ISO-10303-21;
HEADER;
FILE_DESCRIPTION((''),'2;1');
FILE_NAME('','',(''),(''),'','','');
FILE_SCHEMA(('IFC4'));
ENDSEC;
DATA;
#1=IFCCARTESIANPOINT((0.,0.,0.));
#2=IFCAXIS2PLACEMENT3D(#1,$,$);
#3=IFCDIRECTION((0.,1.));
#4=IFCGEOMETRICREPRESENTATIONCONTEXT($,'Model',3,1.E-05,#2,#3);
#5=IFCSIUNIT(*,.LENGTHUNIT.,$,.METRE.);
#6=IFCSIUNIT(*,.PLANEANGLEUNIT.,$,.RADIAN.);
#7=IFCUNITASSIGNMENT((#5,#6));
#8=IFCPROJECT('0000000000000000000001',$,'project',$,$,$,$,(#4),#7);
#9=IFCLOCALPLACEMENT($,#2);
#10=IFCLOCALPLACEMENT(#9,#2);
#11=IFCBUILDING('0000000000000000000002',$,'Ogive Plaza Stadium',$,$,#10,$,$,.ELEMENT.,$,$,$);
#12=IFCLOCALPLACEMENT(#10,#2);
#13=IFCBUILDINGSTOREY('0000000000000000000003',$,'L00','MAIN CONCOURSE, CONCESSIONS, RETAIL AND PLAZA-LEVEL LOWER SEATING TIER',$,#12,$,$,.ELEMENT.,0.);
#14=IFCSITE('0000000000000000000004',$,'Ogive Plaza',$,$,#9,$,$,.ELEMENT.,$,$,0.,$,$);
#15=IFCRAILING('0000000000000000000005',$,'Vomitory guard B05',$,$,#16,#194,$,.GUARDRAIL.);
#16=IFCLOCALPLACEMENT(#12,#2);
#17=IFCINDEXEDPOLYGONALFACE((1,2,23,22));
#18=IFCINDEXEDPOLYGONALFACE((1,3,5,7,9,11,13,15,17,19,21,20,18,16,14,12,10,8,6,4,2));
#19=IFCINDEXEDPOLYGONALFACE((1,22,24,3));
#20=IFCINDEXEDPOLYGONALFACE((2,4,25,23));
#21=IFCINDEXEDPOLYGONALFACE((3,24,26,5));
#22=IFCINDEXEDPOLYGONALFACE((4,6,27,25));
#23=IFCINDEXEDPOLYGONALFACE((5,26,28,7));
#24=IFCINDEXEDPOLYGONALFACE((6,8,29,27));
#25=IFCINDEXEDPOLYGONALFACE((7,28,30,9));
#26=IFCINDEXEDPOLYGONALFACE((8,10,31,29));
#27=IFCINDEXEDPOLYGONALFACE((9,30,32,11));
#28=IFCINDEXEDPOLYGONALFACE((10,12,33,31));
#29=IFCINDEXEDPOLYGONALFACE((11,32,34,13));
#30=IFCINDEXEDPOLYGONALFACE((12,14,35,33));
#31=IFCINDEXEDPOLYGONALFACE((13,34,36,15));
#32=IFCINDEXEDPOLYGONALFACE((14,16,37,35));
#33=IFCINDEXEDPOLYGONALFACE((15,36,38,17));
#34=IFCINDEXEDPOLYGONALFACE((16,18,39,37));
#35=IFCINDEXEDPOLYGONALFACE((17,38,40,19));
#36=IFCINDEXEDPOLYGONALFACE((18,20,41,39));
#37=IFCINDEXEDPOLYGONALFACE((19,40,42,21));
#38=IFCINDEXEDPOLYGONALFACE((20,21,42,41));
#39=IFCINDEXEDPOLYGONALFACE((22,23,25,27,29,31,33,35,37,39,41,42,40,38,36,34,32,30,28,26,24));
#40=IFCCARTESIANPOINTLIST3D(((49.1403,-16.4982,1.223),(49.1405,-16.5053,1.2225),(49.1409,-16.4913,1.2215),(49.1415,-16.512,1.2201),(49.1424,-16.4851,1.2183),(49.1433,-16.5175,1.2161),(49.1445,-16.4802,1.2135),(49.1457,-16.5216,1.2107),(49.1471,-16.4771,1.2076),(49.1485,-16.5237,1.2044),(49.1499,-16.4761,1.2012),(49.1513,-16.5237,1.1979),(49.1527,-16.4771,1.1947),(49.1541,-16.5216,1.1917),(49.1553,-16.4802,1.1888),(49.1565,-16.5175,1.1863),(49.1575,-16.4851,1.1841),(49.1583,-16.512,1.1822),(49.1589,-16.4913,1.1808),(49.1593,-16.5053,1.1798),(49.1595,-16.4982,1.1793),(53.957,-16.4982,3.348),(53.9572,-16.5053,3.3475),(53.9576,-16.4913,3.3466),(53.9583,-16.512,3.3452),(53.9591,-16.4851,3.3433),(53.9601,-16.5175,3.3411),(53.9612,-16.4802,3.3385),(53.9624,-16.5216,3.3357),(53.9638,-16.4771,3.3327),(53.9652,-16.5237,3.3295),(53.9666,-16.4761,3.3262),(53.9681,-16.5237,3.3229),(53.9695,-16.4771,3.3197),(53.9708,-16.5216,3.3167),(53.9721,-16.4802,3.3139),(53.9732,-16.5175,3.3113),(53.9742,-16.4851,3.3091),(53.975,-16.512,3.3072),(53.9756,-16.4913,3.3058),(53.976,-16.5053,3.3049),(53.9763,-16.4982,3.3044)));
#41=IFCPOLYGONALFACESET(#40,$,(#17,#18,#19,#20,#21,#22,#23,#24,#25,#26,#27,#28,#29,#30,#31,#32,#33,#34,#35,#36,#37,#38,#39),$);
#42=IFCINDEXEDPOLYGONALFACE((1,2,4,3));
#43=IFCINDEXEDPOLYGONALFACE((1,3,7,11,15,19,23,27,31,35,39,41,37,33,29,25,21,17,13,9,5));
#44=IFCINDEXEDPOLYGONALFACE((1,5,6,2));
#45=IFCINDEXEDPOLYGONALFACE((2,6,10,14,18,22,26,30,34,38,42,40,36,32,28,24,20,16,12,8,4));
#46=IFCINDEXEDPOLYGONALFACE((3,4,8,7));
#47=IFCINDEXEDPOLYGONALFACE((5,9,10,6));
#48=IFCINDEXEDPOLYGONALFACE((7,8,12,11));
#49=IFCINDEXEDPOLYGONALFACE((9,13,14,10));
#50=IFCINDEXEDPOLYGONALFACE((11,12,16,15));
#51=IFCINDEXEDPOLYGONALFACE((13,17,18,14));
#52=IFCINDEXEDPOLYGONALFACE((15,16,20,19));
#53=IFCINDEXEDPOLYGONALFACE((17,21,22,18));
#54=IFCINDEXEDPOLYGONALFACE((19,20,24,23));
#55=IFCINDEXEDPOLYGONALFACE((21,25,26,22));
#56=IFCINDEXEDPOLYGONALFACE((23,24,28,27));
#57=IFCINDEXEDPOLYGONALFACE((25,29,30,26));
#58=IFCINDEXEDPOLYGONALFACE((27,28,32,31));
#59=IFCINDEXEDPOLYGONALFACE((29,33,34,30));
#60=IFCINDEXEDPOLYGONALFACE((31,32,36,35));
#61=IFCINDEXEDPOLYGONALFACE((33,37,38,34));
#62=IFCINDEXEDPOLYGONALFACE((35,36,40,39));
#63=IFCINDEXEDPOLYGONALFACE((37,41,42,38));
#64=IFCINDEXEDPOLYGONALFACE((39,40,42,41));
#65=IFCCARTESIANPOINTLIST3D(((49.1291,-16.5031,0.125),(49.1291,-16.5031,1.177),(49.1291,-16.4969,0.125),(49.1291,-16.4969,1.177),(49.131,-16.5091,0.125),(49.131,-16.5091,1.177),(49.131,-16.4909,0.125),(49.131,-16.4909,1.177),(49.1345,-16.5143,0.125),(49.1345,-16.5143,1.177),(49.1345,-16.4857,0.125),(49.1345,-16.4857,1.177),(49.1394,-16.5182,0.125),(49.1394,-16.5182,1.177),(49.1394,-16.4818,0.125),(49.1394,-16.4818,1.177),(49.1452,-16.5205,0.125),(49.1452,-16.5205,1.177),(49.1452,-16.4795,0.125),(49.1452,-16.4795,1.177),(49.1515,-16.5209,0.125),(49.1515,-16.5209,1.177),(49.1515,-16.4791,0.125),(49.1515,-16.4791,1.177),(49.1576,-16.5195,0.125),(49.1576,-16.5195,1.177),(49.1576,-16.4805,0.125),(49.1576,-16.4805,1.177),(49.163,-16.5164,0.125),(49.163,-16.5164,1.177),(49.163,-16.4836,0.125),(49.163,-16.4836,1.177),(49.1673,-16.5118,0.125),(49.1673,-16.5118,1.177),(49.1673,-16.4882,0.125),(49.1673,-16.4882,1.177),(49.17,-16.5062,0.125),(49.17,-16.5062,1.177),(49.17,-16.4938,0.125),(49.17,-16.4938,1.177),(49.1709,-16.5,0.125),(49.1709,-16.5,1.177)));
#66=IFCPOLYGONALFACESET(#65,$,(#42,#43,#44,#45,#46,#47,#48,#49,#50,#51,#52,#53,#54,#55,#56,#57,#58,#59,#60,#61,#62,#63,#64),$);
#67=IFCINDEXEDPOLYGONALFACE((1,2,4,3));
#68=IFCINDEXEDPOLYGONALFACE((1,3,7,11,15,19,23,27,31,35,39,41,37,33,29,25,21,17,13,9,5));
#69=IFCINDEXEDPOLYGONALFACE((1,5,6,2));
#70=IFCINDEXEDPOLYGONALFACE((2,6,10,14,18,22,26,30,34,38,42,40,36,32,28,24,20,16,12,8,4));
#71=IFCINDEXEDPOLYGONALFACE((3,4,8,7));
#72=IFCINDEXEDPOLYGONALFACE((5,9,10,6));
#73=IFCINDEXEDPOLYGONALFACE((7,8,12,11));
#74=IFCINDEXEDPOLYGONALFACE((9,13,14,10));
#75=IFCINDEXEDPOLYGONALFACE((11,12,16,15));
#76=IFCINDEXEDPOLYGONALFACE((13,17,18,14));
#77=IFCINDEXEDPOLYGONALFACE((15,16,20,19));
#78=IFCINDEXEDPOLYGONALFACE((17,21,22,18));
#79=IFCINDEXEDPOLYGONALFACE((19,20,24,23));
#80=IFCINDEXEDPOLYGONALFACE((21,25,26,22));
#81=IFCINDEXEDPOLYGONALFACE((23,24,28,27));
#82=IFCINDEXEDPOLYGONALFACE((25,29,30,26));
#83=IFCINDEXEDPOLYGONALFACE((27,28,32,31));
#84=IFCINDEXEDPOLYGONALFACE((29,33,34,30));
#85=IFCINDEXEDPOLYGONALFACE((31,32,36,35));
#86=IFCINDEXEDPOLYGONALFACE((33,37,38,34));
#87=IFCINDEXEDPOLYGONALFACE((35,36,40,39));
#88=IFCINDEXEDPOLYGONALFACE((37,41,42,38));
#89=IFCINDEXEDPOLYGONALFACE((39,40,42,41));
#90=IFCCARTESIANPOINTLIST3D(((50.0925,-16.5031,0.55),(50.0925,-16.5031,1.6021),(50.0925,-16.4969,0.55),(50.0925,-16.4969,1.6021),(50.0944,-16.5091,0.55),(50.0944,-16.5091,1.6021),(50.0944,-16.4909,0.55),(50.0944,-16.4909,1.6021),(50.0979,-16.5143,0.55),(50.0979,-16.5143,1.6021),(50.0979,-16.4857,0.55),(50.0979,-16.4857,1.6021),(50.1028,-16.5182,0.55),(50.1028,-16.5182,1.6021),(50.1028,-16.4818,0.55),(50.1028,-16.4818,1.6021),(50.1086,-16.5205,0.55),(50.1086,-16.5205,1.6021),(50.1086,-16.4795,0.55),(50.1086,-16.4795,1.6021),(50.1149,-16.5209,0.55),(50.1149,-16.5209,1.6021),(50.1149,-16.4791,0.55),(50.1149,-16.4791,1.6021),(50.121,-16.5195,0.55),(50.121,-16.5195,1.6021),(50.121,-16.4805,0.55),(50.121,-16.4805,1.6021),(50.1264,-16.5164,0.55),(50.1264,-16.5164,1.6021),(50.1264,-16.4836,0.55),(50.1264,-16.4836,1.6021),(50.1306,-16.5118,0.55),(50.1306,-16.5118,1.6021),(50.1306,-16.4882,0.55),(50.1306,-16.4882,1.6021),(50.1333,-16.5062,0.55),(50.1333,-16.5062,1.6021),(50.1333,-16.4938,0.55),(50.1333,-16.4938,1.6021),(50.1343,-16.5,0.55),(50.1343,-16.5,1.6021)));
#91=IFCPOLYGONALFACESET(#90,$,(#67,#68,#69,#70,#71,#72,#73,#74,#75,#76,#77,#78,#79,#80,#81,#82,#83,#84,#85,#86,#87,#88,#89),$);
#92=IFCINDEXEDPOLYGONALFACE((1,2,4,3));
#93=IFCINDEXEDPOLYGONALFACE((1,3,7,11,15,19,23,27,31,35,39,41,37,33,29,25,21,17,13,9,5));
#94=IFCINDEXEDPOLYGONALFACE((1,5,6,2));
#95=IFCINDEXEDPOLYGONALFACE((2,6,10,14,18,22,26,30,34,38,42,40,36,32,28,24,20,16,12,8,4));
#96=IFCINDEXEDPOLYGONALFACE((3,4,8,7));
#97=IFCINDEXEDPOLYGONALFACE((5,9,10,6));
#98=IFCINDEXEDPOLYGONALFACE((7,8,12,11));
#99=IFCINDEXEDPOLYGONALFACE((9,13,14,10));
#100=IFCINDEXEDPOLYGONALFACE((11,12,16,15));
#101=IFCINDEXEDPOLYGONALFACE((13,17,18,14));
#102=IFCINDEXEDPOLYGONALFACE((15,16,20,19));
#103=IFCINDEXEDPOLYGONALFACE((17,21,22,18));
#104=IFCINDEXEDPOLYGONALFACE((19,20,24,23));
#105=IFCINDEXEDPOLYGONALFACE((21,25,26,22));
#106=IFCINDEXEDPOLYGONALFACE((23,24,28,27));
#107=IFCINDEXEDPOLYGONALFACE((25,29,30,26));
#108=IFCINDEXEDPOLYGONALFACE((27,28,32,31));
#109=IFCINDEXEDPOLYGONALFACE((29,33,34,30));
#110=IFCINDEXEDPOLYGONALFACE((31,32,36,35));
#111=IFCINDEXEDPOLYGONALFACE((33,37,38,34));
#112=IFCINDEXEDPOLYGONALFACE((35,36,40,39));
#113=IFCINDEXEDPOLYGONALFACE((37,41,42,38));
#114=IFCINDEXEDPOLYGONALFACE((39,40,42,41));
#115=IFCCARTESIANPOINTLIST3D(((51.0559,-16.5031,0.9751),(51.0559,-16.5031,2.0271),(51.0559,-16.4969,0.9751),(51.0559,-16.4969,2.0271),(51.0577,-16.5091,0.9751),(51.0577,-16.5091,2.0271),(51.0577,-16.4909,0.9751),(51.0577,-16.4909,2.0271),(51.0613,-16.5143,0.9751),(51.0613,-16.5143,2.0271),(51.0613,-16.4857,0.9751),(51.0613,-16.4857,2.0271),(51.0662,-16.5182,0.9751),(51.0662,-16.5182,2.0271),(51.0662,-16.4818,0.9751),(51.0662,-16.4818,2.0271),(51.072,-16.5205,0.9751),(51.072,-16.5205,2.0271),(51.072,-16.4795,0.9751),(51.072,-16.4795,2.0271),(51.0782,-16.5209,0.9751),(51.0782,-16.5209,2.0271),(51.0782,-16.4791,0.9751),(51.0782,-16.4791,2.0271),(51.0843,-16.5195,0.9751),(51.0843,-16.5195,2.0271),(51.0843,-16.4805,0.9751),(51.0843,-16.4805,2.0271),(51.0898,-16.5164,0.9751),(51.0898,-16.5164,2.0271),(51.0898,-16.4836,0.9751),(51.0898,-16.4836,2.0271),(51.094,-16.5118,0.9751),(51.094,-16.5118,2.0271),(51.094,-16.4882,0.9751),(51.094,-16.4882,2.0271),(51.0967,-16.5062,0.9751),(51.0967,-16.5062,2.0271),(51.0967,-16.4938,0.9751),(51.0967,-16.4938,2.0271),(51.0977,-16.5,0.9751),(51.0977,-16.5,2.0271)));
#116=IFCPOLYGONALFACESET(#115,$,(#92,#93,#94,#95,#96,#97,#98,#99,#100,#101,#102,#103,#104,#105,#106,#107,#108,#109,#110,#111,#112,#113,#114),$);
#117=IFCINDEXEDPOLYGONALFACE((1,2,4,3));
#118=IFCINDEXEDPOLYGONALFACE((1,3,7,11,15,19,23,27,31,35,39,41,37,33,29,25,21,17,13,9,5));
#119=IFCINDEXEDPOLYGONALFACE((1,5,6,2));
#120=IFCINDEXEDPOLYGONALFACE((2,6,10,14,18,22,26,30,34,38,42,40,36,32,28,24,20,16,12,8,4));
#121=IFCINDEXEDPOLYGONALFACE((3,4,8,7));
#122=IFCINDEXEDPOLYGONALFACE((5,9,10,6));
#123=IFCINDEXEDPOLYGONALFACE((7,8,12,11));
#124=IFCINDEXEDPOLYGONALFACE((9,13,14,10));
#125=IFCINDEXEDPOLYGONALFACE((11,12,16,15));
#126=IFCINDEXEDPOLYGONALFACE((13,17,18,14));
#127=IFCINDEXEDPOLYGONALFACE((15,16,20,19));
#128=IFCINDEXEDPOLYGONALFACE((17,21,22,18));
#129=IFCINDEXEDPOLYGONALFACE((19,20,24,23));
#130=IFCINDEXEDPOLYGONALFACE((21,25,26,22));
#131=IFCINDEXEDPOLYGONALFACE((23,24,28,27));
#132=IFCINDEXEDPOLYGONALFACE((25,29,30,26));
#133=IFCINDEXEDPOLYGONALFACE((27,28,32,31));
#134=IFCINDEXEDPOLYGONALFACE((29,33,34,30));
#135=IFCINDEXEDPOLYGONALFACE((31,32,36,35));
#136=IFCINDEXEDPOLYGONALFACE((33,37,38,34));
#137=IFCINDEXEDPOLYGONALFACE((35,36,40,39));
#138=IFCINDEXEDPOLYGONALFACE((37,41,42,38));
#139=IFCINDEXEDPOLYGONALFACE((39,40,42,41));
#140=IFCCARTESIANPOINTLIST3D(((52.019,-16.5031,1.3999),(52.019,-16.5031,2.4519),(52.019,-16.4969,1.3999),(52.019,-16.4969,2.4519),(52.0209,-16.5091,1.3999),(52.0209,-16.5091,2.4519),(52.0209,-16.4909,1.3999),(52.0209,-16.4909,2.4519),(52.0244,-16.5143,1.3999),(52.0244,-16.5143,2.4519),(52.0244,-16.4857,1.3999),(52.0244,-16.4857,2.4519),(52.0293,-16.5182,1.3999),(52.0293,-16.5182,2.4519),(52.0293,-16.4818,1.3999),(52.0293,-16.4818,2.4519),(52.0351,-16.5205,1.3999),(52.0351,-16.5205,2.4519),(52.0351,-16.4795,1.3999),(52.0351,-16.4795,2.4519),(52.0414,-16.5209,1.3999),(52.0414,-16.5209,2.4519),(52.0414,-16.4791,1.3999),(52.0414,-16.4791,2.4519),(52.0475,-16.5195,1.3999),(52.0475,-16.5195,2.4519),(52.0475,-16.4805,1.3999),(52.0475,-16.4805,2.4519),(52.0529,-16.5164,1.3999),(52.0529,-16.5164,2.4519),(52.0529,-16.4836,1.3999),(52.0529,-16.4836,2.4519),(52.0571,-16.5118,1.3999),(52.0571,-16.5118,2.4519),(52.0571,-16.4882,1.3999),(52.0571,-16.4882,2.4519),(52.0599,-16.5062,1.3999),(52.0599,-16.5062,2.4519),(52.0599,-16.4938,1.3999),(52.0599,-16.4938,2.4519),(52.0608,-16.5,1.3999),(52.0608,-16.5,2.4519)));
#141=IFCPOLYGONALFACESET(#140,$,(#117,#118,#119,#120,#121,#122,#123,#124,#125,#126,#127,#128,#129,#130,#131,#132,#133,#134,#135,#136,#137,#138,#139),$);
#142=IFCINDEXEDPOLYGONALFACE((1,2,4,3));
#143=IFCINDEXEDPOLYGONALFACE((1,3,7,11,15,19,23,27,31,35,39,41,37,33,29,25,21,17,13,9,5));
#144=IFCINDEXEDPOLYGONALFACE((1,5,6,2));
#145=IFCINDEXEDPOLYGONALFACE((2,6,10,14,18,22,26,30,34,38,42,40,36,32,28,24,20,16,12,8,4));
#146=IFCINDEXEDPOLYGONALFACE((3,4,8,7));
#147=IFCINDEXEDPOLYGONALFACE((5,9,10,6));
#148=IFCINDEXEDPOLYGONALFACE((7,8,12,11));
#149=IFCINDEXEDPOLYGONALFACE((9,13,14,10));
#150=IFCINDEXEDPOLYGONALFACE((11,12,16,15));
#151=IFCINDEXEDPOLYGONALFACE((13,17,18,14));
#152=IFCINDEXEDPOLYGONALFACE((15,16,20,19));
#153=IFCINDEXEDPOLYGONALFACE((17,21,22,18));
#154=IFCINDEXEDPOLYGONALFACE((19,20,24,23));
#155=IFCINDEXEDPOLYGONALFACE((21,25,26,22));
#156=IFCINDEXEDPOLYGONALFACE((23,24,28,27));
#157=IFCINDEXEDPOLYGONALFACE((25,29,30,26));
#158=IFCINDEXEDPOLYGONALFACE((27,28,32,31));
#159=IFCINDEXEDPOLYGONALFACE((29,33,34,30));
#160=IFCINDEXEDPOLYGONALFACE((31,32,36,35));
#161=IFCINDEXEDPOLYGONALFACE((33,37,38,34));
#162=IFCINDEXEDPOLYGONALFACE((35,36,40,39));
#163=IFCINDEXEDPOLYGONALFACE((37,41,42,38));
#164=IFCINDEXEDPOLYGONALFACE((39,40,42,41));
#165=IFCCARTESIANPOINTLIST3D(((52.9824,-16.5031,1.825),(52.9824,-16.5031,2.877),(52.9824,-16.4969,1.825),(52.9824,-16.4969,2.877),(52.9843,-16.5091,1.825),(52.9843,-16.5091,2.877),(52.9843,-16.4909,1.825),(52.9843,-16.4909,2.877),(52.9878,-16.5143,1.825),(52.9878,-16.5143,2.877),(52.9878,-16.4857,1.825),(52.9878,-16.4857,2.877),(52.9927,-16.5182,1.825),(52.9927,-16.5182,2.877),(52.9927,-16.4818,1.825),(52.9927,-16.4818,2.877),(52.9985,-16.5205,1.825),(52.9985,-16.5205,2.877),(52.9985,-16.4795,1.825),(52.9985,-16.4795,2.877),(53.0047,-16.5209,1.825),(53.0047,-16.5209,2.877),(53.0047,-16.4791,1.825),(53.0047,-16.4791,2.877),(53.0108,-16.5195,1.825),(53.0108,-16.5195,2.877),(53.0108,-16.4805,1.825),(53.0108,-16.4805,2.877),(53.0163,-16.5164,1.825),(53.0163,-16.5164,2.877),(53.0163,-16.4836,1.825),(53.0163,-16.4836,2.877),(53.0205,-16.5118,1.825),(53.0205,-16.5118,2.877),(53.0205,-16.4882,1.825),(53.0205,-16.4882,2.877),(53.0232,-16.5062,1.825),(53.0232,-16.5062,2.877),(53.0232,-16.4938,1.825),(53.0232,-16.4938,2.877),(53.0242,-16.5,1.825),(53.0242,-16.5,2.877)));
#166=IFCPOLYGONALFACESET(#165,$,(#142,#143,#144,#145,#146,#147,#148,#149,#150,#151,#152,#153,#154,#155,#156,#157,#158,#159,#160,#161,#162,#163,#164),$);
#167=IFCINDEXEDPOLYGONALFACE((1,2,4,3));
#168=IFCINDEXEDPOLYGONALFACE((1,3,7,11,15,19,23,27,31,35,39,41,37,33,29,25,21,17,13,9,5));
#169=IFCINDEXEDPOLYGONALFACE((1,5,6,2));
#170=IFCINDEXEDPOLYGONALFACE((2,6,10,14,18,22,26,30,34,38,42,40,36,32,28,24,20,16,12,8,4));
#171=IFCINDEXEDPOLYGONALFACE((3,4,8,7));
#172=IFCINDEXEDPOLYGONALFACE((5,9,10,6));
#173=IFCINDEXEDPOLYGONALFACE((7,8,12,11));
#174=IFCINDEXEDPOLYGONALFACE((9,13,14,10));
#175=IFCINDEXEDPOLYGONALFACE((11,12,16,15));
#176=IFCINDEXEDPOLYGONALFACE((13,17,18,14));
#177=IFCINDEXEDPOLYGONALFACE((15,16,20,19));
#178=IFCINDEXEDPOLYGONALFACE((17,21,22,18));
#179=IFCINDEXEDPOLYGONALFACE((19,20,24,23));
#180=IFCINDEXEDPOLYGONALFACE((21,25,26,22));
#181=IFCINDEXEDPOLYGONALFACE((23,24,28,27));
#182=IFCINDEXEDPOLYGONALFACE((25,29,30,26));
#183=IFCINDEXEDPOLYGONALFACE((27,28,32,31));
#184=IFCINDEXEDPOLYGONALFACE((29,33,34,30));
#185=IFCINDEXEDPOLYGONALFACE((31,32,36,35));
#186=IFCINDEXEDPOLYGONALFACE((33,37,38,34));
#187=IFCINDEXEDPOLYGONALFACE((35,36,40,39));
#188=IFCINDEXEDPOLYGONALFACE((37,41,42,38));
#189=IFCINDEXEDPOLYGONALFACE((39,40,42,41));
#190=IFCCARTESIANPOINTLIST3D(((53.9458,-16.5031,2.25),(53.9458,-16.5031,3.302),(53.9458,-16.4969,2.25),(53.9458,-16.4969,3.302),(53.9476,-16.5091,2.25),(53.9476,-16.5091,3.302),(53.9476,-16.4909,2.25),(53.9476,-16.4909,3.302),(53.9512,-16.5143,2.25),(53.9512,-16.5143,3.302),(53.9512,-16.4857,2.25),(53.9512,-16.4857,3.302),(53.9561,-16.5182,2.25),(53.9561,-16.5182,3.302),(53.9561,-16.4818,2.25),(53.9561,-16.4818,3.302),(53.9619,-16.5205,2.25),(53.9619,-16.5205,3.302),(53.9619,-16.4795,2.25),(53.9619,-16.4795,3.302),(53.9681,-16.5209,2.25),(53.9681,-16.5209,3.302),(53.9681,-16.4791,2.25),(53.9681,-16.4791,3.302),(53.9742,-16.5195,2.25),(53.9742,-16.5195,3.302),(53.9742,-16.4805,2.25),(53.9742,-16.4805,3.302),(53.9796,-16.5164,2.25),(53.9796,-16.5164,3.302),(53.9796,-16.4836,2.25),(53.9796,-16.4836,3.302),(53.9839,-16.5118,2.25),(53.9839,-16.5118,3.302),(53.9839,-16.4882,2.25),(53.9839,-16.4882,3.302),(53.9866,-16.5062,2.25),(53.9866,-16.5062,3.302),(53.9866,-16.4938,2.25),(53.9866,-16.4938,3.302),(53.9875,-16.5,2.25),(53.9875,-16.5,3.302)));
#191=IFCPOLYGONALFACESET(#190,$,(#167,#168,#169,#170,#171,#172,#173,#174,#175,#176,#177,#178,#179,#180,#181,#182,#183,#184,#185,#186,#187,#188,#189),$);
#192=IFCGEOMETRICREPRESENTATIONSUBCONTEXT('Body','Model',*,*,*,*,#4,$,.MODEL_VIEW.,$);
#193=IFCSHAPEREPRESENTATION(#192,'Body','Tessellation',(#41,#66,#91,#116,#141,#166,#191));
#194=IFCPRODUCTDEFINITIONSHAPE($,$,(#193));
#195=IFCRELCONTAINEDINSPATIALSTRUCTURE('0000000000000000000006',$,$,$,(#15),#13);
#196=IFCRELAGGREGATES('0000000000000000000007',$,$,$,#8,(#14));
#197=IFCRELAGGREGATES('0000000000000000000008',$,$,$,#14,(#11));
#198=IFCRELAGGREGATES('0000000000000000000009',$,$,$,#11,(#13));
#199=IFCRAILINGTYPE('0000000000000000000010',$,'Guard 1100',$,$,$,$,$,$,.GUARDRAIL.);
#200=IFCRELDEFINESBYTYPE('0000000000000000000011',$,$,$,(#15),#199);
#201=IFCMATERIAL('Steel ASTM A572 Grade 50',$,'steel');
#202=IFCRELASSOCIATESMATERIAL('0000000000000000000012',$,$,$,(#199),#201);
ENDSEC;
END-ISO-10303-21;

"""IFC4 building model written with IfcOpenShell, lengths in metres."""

from ifc_helpers import new_model, si_unit, direction, frame, origin, origin_2d, place, context, subcontext, project, spatial, circle, extrude, material, type_object, element, save


model = new_model("IFC4")

# Units and contexts
model_context = context("Model", 3, precision=1e-05, world=origin(), true_north=direction((0.0, 1.0)))
body_context = subcontext(model_context, "Body", "Model", "MODEL_VIEW")
ifc_project = project(units=[si_unit("LENGTHUNIT", "METRE"), si_unit("PLANEANGLEUNIT", "RADIAN")], contexts=[model_context])

# Site, building, storey
site_placement = place(None, origin())
site = spatial("IfcSite", under=ifc_project, at=site_placement, Name="Ogive Plaza", CompositionType="ELEMENT", RefElevation=0.0)
building_placement = place(site_placement, origin())
building = spatial("IfcBuilding", under=site, at=building_placement, Name="Ogive Plaza Stadium", CompositionType="ELEMENT")
storey_placement = place(building_placement, origin())
storey = spatial("IfcBuildingStorey", under=building, at=storey_placement, Name="L00", Description="MAIN CONCOURSE, CONCESSIONS, RETAIL AND PLAZA-LEVEL LOWER SEATING TIER", CompositionType="ELEMENT", Elevation=0.0)

# Railing
ifc_material_1 = material(Name="Steel ASTM A572 Grade 50", Category="steel")
railing_type = type_object("IfcRailingType", Name="Guard 1100", PredefinedType="GUARDRAIL", material=ifc_material_1)
for number, where, name in (
    (1, (49.1499, -16.5, 0.125), "Vomitory guard B05"),
):
    element("IfcRailing", number, at=place(storey_placement, frame(where)), inside=storey, type_object=railing_type, Name=name, PredefinedType="GUARDRAIL", context=body_context, shape_type="SweptSolid", body=[
        extrude(circle(Radius=0.0239, at=origin_2d()), frame((0.0, 0.0, 1.0762), z_axis=(0.914917, 0.0, 0.403641), x_axis=(0.0, 1.0, 0.0)), (0.0, 0.0, 1.0), 5.2646),
        extrude(circle(Radius=0.021, at=origin_2d()), origin(), (0.0, 0.0, 1.0), 1.052),
        extrude(circle(Radius=0.021, at=origin_2d()), frame((0.9634, 0.0, 0.425)), (0.0, 0.0, 1.0), 1.052),
        extrude(circle(Radius=0.021, at=origin_2d()), frame((1.9268, 0.0, 0.8501)), (0.0, 0.0, 1.0), 1.052),
        extrude(circle(Radius=0.021, at=origin_2d()), frame((2.8899, 0.0, 1.2749)), (0.0, 0.0, 1.0), 1.052),
        extrude(circle(Radius=0.021, at=origin_2d()), frame((3.8533, 0.0, 1.7)), (0.0, 0.0, 1.0), 1.052),
        extrude(circle(Radius=0.021, at=origin_2d()), frame((4.8167, 0.0, 2.125)), (0.0, 0.0, 1.0), 1.052),
    ])

save(model, "model.ifc")
